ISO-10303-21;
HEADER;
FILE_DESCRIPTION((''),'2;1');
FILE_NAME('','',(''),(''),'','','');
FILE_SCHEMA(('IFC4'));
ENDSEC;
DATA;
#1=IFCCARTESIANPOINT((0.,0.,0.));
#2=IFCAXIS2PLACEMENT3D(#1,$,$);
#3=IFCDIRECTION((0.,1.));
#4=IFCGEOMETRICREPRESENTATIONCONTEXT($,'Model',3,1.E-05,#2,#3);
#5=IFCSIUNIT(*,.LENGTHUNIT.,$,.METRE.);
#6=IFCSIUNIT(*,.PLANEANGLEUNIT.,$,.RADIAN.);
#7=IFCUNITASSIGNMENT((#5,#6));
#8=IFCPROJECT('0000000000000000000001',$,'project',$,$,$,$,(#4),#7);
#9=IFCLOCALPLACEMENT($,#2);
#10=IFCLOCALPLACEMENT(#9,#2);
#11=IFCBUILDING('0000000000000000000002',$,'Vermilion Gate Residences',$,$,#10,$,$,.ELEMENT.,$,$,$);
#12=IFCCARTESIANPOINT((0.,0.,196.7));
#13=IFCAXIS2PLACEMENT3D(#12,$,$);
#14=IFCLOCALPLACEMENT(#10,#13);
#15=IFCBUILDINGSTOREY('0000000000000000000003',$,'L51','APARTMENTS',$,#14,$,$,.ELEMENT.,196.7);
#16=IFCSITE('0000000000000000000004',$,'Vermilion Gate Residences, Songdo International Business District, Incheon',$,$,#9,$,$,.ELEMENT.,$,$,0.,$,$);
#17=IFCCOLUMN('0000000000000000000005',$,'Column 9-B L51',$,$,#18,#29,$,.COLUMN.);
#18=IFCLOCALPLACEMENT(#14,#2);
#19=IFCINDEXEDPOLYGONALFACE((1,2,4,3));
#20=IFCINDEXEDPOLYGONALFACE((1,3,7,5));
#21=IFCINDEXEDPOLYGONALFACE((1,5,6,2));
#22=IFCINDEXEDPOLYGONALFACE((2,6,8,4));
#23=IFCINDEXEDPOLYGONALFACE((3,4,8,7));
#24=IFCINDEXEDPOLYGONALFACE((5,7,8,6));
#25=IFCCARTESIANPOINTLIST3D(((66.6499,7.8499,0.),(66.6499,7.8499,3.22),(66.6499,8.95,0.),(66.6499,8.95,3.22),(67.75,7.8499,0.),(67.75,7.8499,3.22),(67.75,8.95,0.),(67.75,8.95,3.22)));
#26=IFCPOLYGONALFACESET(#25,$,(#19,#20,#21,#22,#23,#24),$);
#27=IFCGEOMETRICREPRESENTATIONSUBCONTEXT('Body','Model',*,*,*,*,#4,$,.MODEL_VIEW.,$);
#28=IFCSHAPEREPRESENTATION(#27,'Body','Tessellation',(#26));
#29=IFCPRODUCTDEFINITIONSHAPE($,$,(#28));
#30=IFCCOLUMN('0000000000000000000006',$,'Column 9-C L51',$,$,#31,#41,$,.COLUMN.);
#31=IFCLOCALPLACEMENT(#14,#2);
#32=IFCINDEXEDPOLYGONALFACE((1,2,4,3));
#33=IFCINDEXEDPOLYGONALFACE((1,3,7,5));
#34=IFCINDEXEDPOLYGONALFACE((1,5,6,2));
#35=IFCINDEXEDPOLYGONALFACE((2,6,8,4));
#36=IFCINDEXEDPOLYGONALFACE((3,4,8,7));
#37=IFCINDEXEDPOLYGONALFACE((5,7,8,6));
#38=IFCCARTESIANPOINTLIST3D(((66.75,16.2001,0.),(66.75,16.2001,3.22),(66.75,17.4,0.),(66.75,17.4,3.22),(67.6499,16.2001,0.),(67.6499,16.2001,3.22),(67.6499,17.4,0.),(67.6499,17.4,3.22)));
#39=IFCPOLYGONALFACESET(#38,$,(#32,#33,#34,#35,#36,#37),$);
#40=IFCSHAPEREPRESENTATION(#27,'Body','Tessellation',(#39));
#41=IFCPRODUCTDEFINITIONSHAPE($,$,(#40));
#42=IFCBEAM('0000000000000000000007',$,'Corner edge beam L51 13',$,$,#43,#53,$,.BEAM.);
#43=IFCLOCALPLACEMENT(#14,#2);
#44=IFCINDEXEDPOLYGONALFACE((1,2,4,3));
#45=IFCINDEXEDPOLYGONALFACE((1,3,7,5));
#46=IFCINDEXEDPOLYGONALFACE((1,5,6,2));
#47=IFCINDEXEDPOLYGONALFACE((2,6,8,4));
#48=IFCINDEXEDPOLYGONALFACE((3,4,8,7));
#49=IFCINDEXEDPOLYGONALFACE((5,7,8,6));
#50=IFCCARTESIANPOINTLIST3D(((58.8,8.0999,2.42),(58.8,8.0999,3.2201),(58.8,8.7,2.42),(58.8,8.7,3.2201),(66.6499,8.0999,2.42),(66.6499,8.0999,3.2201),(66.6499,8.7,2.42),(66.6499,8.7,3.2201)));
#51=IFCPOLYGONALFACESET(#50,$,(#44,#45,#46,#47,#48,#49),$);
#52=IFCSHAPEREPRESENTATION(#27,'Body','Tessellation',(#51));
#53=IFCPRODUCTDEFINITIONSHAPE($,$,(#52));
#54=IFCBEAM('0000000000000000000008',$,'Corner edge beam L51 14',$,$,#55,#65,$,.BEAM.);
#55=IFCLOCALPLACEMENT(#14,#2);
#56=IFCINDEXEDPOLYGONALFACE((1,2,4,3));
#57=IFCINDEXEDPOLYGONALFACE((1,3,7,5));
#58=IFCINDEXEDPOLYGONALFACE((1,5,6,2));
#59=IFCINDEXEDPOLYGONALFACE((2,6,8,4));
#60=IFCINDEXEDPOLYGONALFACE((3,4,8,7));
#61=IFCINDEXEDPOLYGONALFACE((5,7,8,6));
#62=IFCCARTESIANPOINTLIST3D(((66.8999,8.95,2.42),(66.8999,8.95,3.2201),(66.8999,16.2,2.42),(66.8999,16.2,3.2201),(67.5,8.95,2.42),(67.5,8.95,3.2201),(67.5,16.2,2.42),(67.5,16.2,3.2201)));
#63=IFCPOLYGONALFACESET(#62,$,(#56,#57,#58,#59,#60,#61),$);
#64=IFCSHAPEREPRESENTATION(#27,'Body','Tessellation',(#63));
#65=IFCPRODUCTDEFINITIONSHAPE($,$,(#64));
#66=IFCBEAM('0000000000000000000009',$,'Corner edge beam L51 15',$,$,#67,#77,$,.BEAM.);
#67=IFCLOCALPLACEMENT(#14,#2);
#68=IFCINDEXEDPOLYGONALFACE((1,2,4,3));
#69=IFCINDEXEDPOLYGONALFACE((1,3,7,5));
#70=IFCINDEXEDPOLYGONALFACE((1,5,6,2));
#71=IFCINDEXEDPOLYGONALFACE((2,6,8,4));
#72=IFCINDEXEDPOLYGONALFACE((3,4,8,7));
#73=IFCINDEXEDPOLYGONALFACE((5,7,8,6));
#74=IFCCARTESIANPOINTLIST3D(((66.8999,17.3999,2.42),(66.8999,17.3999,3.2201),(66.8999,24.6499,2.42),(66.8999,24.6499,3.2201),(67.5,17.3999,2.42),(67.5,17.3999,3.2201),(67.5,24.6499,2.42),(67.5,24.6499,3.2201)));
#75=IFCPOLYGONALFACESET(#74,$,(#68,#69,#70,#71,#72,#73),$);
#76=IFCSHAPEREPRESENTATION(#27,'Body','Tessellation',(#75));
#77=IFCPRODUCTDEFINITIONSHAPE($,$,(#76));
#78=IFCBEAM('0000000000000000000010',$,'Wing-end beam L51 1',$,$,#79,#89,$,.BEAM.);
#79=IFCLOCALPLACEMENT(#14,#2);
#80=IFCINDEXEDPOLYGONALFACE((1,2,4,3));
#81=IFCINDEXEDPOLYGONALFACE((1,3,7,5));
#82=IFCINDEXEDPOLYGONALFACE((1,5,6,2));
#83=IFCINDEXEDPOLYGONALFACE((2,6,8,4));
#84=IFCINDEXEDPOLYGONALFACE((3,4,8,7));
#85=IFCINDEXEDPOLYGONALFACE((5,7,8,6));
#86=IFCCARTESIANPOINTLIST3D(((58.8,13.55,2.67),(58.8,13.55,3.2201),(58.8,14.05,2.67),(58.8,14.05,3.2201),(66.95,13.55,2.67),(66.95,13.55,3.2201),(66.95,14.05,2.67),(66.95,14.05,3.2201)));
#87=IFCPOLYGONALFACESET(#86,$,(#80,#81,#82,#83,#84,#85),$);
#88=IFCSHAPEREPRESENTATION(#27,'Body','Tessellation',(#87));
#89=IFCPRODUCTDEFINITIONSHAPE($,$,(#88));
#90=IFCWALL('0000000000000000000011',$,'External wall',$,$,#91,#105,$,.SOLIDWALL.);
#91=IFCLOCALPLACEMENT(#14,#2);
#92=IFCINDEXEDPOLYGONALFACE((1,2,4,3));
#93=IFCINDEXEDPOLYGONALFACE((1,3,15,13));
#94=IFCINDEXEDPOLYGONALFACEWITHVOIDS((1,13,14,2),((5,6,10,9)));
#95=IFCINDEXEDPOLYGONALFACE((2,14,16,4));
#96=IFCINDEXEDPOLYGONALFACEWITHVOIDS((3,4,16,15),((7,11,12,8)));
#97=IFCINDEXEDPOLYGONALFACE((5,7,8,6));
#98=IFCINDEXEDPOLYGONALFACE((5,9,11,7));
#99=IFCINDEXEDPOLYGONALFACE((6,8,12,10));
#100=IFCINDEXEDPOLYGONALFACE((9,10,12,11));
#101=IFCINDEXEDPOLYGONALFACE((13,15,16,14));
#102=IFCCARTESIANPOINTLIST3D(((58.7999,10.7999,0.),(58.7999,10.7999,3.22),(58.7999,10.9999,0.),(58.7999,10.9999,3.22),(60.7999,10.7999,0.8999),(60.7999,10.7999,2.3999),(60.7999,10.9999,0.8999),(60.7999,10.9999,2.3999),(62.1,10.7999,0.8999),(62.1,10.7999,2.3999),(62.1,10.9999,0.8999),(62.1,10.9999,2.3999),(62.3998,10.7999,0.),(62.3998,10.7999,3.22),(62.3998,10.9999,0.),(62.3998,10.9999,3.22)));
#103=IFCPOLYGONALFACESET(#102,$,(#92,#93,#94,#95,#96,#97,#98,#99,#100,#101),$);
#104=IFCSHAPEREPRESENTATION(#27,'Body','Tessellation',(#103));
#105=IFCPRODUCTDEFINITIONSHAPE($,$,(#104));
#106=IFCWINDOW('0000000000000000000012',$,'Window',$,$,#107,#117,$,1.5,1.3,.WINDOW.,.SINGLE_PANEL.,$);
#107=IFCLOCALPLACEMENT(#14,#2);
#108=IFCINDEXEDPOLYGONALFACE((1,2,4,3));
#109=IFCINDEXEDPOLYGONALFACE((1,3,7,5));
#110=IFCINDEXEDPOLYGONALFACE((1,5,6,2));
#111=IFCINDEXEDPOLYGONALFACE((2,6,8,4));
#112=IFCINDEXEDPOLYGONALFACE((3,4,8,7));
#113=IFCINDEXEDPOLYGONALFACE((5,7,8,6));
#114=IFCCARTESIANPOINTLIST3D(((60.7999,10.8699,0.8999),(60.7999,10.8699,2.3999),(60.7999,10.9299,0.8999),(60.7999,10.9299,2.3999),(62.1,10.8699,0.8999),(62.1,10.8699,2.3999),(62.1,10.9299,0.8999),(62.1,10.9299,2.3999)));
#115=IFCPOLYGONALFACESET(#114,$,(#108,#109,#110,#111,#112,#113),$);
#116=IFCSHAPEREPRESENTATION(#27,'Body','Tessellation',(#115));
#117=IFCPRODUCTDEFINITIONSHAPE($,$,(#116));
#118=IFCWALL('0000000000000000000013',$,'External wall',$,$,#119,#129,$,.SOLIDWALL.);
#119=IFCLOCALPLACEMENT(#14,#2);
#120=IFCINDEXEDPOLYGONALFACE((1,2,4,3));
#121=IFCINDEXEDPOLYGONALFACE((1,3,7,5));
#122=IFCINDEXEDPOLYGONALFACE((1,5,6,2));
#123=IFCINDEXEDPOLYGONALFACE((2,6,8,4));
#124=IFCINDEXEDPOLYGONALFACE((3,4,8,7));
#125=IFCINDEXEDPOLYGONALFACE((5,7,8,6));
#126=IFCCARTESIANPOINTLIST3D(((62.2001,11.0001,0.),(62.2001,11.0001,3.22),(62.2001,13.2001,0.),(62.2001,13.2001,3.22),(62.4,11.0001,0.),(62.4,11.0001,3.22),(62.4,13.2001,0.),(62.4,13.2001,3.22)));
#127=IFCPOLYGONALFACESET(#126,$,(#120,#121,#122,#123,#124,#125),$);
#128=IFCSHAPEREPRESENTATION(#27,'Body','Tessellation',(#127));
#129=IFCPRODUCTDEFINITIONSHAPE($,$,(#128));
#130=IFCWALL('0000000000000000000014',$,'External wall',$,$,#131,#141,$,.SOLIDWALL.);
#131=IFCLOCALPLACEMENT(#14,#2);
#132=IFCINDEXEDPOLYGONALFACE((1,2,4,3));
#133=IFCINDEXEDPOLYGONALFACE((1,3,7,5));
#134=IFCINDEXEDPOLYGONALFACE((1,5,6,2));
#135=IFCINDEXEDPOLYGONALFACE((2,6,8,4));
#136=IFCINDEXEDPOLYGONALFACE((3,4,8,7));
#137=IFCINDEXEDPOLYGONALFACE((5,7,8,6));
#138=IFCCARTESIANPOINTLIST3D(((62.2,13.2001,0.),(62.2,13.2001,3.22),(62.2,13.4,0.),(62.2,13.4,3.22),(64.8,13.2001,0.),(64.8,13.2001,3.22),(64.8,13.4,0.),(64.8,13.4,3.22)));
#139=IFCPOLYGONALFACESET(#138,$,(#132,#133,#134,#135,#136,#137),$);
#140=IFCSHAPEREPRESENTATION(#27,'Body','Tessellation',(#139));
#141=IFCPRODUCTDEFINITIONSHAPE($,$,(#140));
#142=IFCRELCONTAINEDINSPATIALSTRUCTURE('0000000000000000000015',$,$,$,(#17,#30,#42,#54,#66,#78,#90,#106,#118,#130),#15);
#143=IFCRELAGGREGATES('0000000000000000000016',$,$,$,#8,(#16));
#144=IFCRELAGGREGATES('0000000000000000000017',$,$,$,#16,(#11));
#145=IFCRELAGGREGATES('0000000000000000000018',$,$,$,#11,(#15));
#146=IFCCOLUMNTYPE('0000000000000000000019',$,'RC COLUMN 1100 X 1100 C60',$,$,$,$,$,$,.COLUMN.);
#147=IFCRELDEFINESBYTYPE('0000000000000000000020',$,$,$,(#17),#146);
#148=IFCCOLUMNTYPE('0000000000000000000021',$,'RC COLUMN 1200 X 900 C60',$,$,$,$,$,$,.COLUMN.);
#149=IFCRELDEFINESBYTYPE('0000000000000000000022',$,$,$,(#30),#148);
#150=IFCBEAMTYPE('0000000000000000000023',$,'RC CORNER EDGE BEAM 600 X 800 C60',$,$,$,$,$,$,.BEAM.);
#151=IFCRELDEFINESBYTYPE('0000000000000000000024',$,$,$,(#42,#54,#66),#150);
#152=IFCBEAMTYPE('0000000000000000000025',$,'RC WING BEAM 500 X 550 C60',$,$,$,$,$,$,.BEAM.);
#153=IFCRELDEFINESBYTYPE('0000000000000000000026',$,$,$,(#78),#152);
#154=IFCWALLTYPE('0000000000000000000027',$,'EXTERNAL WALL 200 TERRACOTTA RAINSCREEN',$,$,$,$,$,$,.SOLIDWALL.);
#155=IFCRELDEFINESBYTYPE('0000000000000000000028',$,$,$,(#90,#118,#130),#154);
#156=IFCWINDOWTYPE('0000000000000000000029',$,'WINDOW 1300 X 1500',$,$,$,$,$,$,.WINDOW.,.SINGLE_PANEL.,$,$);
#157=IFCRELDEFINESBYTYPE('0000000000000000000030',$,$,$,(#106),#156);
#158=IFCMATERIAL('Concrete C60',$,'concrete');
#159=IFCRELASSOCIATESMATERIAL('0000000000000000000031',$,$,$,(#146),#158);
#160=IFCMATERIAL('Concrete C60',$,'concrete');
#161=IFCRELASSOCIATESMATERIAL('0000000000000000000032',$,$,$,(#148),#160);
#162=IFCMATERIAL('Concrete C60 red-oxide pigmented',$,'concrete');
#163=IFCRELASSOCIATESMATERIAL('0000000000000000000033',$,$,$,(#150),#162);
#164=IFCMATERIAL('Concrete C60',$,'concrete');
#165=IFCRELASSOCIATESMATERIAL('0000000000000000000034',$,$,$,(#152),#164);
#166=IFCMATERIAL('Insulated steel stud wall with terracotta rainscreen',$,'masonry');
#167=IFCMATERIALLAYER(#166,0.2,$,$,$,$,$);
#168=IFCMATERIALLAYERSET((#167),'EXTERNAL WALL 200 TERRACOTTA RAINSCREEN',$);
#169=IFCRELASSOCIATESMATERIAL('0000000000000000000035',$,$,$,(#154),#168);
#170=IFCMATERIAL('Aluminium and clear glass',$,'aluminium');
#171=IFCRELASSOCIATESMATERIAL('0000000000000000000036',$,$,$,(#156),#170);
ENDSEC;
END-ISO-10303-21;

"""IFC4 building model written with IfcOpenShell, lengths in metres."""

from ifc_helpers import new_model, si_unit, direction, frame, frame_2d, origin, origin_2d, place, context, subcontext, project, spatial, rectangle, extrude, material, layer, layer_set, material_profile, profile_set, type_object, element, fill, save


model = new_model("IFC4")

# Units and contexts
model_context = context("Model", 3, precision=1e-05, world=origin(), true_north=direction((0.0, 1.0)))
body_context = subcontext(model_context, "Body", "Model", "MODEL_VIEW")
ifc_project = project(units=[si_unit("LENGTHUNIT", "METRE"), si_unit("PLANEANGLEUNIT", "RADIAN")], contexts=[model_context])

# Site, building, storey
site_placement = place(None, origin())
site = spatial("IfcSite", under=ifc_project, at=site_placement, Name="Vermilion Gate Residences, Songdo International Business District, Incheon", CompositionType="ELEMENT", RefElevation=0.0)
building_placement = place(site_placement, origin())
building = spatial("IfcBuilding", under=site, at=building_placement, Name="Vermilion Gate Residences", CompositionType="ELEMENT")
storey_placement = place(building_placement, frame((0.0, 0.0, 196.7)))
storey = spatial("IfcBuildingStorey", under=building, at=storey_placement, Name="L51", Description="APARTMENTS", CompositionType="ELEMENT", Elevation=196.7)

# Columns
ifc_material_1 = material(Name="Concrete C60", Category="concrete")
ifc_material_profile_1 = material_profile(ifc_material_1, rectangle(XDim=1.1001, YDim=1.1001, at=origin_2d()), Name="RC-1100x1100")
ifc_profile_set_1 = profile_set([ifc_material_profile_1], Name="Concrete C60")
column_type_1 = type_object("IfcColumnType", Name="RC COLUMN 1100 X 1100 C60", PredefinedType="COLUMN", material=ifc_profile_set_1)
column_1_placement = place(storey_placement, frame((67.2, 8.3999, 0.0), z_axis=(0.0, 0.0, 1.0), x_axis=(1.0, 0.0, 0.0)))
element("IfcColumn", 1, at=column_1_placement, inside=storey, type_object=column_type_1, Name="Column 9-B L51", PredefinedType="COLUMN", context=body_context, shape_type="SweptSolid", body=[
    extrude(rectangle(XDim=1.1001, YDim=1.1001, at=origin_2d()), origin(), (0.0, 0.0, 1.0), 3.22),
])
ifc_material_2 = material(Name="Concrete C60", Category="concrete")
ifc_material_profile_2 = material_profile(ifc_material_2, rectangle(XDim=1.2, YDim=0.8999, at=origin_2d()), Name="RC-1200x900")
ifc_profile_set_2 = profile_set([ifc_material_profile_2], Name="Concrete C60")
column_type_2 = type_object("IfcColumnType", Name="RC COLUMN 1200 X 900 C60", PredefinedType="COLUMN", material=ifc_profile_set_2)
column_2_placement = place(storey_placement, frame((67.2, 16.8, 0.0), z_axis=(0.0, 0.0, 1.0), x_axis=(0.0, 1.0, 0.0)))
element("IfcColumn", 2, at=column_2_placement, inside=storey, type_object=column_type_2, Name="Column 9-C L51", PredefinedType="COLUMN", context=body_context, shape_type="SweptSolid", body=[
    extrude(rectangle(XDim=1.2, YDim=0.8999, at=origin_2d()), origin(), (0.0, 0.0, 1.0), 3.22),
])

# Beams
ifc_material_3 = material(Name="Concrete C60 red-oxide pigmented", Category="concrete")
ifc_material_profile_3 = material_profile(ifc_material_3, rectangle(XDim=0.6001, YDim=0.8, at=origin_2d()), Name="RC-600x800")
ifc_profile_set_3 = profile_set([ifc_material_profile_3], Name="Concrete C60 red-oxide pigmented")
beam_type_1 = type_object("IfcBeamType", Name="RC CORNER EDGE BEAM 600 X 800 C60", PredefinedType="BEAM", material=ifc_profile_set_3)
beam_1_placement = place(storey_placement, frame((58.8, 8.3999, 2.8201), z_axis=(1.0, 0.0, 0.0), x_axis=(0.0, 1.0, 0.0)))
element("IfcBeam", 3, at=beam_1_placement, inside=storey, type_object=beam_type_1, Name="Corner edge beam L51 13", PredefinedType="BEAM", context=body_context, shape_type="SweptSolid", body=[
    extrude(rectangle(XDim=0.6001, YDim=0.8, at=origin_2d()), origin(), (0.0, 0.0, 1.0), 7.8499),
])
for number, where, z_axis, x_axis, name in (
    (4, (67.2, 8.95, 2.8201), (0.0, 1.0, 0.0), (-1.0, 0.0, 0.0), "Corner edge beam L51 14"),
    (5, (67.2, 17.3999, 2.8201), (0.0, 1.0, 0.0), (-1.0, 0.0, 0.0), "Corner edge beam L51 15"),
):
    element("IfcBeam", number, at=place(storey_placement, frame(where, z_axis=z_axis, x_axis=x_axis)), inside=storey, type_object=beam_type_1, Name=name, PredefinedType="BEAM", context=body_context, shape_type="SweptSolid", body=[
        extrude(rectangle(XDim=0.6001, YDim=0.8, at=origin_2d()), origin(), (0.0, 0.0, 1.0), 7.25),
    ])
ifc_material_4 = material(Name="Concrete C60", Category="concrete")
ifc_material_profile_4 = material_profile(ifc_material_4, rectangle(XDim=0.5, YDim=0.55, at=origin_2d()), Name="RC-500x550")
ifc_profile_set_4 = profile_set([ifc_material_profile_4], Name="Concrete C60")
beam_type_2 = type_object("IfcBeamType", Name="RC WING BEAM 500 X 550 C60", PredefinedType="BEAM", material=ifc_profile_set_4)
beam_2_placement = place(storey_placement, frame((58.8, 13.8, 2.9451), z_axis=(1.0, 0.0, 0.0), x_axis=(0.0, 1.0, 0.0)))
element("IfcBeam", 6, at=beam_2_placement, inside=storey, type_object=beam_type_2, Name="Wing-end beam L51 1", PredefinedType="BEAM", context=body_context, shape_type="SweptSolid", body=[
    extrude(rectangle(XDim=0.5, YDim=0.55, at=origin_2d()), origin(), (0.0, 0.0, 1.0), 8.1499),
])

# Wall, opening, window
ifc_material_5 = material(Name="Insulated steel stud wall with terracotta rainscreen", Category="masonry")
ifc_layer_1 = layer(ifc_material_5, 0.2)
ifc_layer_set_1 = layer_set([ifc_layer_1], Name="EXTERNAL WALL 200 TERRACOTTA RAINSCREEN")
wall_type_1 = type_object("IfcWallType", Name="EXTERNAL WALL 200 TERRACOTTA RAINSCREEN", PredefinedType="SOLIDWALL", material=ifc_layer_set_1)
wall_1_placement = place(storey_placement, frame((58.8, 10.8999, 0.0), z_axis=(0.0, 0.0, 1.0), x_axis=(1.0, 0.0, 0.0)))
wall_1 = element("IfcWall", 7, at=wall_1_placement, inside=storey, type_object=wall_type_1, Name="External wall", PredefinedType="SOLIDWALL", context=body_context, shape_type="SweptSolid", body=[
    extrude(rectangle(XDim=3.5999, YDim=0.2, at=frame_2d((1.7998, 0.0))), origin(), (0.0, 0.0, 1.0), 3.22),
])
opening_1_placement = place(wall_1_placement, frame((2.0, 0.0, 0.8999)))
opening_1 = element("IfcOpeningElement", 8, at=opening_1_placement, cuts=wall_1, PredefinedType="OPENING", context=body_context, shape_type="SweptSolid", body=[
    extrude(rectangle(XDim=1.3, YDim=1.5, at=frame_2d((0.6499, 0.75))), frame((0.0, 0.1099, 0.0), z_axis=(0.0, -1.0, 0.0), x_axis=(1.0, 0.0, 0.0)), (0.0, 0.0, 1.0), 0.22),
])
ifc_material_6 = material(Name="Aluminium and clear glass", Category="aluminium")
window_type_1 = type_object("IfcWindowType", Name="WINDOW 1300 X 1500", PartitioningType="SINGLE_PANEL", PredefinedType="WINDOW", material=ifc_material_6)
window_1_placement = place(opening_1_placement, origin())
window_1 = element("IfcWindow", 9, at=window_1_placement, inside=storey, type_object=window_type_1, Name="Window", OverallHeight=1.5, OverallWidth=1.3, PartitioningType="SINGLE_PANEL", PredefinedType="WINDOW", context=body_context, shape_type="SweptSolid", body=[
    extrude(rectangle(XDim=1.3, YDim=1.5, at=frame_2d((0.6499, 0.75))), frame((0.0, 0.03, 0.0), z_axis=(0.0, -1.0, 0.0), x_axis=(1.0, 0.0, 0.0)), (0.0, 0.0, 1.0), 0.0601),
])
fill(opening_1, window_1)

# Walls
wall_2_placement = place(storey_placement, frame((62.3, 11.0, 0.0), z_axis=(0.0, 0.0, 1.0), x_axis=(0.0, 1.0, 0.0)))
element("IfcWall", 10, at=wall_2_placement, inside=storey, type_object=wall_type_1, Name="External wall", PredefinedType="SOLIDWALL", context=body_context, shape_type="SweptSolid", body=[
    extrude(rectangle(XDim=2.2, YDim=0.2, at=frame_2d((1.1001, 0.0))), origin(), (0.0, 0.0, 1.0), 3.22),
])
wall_3_placement = place(storey_placement, frame((62.2, 13.3, 0.0), z_axis=(0.0, 0.0, 1.0), x_axis=(1.0, 0.0, 0.0)))
element("IfcWall", 11, at=wall_3_placement, inside=storey, type_object=wall_type_1, Name="External wall", PredefinedType="SOLIDWALL", context=body_context, shape_type="SweptSolid", body=[
    extrude(rectangle(XDim=2.6001, YDim=0.2, at=frame_2d((1.3, 0.0))), origin(), (0.0, 0.0, 1.0), 3.22),
])

save(model, "model.ifc")
